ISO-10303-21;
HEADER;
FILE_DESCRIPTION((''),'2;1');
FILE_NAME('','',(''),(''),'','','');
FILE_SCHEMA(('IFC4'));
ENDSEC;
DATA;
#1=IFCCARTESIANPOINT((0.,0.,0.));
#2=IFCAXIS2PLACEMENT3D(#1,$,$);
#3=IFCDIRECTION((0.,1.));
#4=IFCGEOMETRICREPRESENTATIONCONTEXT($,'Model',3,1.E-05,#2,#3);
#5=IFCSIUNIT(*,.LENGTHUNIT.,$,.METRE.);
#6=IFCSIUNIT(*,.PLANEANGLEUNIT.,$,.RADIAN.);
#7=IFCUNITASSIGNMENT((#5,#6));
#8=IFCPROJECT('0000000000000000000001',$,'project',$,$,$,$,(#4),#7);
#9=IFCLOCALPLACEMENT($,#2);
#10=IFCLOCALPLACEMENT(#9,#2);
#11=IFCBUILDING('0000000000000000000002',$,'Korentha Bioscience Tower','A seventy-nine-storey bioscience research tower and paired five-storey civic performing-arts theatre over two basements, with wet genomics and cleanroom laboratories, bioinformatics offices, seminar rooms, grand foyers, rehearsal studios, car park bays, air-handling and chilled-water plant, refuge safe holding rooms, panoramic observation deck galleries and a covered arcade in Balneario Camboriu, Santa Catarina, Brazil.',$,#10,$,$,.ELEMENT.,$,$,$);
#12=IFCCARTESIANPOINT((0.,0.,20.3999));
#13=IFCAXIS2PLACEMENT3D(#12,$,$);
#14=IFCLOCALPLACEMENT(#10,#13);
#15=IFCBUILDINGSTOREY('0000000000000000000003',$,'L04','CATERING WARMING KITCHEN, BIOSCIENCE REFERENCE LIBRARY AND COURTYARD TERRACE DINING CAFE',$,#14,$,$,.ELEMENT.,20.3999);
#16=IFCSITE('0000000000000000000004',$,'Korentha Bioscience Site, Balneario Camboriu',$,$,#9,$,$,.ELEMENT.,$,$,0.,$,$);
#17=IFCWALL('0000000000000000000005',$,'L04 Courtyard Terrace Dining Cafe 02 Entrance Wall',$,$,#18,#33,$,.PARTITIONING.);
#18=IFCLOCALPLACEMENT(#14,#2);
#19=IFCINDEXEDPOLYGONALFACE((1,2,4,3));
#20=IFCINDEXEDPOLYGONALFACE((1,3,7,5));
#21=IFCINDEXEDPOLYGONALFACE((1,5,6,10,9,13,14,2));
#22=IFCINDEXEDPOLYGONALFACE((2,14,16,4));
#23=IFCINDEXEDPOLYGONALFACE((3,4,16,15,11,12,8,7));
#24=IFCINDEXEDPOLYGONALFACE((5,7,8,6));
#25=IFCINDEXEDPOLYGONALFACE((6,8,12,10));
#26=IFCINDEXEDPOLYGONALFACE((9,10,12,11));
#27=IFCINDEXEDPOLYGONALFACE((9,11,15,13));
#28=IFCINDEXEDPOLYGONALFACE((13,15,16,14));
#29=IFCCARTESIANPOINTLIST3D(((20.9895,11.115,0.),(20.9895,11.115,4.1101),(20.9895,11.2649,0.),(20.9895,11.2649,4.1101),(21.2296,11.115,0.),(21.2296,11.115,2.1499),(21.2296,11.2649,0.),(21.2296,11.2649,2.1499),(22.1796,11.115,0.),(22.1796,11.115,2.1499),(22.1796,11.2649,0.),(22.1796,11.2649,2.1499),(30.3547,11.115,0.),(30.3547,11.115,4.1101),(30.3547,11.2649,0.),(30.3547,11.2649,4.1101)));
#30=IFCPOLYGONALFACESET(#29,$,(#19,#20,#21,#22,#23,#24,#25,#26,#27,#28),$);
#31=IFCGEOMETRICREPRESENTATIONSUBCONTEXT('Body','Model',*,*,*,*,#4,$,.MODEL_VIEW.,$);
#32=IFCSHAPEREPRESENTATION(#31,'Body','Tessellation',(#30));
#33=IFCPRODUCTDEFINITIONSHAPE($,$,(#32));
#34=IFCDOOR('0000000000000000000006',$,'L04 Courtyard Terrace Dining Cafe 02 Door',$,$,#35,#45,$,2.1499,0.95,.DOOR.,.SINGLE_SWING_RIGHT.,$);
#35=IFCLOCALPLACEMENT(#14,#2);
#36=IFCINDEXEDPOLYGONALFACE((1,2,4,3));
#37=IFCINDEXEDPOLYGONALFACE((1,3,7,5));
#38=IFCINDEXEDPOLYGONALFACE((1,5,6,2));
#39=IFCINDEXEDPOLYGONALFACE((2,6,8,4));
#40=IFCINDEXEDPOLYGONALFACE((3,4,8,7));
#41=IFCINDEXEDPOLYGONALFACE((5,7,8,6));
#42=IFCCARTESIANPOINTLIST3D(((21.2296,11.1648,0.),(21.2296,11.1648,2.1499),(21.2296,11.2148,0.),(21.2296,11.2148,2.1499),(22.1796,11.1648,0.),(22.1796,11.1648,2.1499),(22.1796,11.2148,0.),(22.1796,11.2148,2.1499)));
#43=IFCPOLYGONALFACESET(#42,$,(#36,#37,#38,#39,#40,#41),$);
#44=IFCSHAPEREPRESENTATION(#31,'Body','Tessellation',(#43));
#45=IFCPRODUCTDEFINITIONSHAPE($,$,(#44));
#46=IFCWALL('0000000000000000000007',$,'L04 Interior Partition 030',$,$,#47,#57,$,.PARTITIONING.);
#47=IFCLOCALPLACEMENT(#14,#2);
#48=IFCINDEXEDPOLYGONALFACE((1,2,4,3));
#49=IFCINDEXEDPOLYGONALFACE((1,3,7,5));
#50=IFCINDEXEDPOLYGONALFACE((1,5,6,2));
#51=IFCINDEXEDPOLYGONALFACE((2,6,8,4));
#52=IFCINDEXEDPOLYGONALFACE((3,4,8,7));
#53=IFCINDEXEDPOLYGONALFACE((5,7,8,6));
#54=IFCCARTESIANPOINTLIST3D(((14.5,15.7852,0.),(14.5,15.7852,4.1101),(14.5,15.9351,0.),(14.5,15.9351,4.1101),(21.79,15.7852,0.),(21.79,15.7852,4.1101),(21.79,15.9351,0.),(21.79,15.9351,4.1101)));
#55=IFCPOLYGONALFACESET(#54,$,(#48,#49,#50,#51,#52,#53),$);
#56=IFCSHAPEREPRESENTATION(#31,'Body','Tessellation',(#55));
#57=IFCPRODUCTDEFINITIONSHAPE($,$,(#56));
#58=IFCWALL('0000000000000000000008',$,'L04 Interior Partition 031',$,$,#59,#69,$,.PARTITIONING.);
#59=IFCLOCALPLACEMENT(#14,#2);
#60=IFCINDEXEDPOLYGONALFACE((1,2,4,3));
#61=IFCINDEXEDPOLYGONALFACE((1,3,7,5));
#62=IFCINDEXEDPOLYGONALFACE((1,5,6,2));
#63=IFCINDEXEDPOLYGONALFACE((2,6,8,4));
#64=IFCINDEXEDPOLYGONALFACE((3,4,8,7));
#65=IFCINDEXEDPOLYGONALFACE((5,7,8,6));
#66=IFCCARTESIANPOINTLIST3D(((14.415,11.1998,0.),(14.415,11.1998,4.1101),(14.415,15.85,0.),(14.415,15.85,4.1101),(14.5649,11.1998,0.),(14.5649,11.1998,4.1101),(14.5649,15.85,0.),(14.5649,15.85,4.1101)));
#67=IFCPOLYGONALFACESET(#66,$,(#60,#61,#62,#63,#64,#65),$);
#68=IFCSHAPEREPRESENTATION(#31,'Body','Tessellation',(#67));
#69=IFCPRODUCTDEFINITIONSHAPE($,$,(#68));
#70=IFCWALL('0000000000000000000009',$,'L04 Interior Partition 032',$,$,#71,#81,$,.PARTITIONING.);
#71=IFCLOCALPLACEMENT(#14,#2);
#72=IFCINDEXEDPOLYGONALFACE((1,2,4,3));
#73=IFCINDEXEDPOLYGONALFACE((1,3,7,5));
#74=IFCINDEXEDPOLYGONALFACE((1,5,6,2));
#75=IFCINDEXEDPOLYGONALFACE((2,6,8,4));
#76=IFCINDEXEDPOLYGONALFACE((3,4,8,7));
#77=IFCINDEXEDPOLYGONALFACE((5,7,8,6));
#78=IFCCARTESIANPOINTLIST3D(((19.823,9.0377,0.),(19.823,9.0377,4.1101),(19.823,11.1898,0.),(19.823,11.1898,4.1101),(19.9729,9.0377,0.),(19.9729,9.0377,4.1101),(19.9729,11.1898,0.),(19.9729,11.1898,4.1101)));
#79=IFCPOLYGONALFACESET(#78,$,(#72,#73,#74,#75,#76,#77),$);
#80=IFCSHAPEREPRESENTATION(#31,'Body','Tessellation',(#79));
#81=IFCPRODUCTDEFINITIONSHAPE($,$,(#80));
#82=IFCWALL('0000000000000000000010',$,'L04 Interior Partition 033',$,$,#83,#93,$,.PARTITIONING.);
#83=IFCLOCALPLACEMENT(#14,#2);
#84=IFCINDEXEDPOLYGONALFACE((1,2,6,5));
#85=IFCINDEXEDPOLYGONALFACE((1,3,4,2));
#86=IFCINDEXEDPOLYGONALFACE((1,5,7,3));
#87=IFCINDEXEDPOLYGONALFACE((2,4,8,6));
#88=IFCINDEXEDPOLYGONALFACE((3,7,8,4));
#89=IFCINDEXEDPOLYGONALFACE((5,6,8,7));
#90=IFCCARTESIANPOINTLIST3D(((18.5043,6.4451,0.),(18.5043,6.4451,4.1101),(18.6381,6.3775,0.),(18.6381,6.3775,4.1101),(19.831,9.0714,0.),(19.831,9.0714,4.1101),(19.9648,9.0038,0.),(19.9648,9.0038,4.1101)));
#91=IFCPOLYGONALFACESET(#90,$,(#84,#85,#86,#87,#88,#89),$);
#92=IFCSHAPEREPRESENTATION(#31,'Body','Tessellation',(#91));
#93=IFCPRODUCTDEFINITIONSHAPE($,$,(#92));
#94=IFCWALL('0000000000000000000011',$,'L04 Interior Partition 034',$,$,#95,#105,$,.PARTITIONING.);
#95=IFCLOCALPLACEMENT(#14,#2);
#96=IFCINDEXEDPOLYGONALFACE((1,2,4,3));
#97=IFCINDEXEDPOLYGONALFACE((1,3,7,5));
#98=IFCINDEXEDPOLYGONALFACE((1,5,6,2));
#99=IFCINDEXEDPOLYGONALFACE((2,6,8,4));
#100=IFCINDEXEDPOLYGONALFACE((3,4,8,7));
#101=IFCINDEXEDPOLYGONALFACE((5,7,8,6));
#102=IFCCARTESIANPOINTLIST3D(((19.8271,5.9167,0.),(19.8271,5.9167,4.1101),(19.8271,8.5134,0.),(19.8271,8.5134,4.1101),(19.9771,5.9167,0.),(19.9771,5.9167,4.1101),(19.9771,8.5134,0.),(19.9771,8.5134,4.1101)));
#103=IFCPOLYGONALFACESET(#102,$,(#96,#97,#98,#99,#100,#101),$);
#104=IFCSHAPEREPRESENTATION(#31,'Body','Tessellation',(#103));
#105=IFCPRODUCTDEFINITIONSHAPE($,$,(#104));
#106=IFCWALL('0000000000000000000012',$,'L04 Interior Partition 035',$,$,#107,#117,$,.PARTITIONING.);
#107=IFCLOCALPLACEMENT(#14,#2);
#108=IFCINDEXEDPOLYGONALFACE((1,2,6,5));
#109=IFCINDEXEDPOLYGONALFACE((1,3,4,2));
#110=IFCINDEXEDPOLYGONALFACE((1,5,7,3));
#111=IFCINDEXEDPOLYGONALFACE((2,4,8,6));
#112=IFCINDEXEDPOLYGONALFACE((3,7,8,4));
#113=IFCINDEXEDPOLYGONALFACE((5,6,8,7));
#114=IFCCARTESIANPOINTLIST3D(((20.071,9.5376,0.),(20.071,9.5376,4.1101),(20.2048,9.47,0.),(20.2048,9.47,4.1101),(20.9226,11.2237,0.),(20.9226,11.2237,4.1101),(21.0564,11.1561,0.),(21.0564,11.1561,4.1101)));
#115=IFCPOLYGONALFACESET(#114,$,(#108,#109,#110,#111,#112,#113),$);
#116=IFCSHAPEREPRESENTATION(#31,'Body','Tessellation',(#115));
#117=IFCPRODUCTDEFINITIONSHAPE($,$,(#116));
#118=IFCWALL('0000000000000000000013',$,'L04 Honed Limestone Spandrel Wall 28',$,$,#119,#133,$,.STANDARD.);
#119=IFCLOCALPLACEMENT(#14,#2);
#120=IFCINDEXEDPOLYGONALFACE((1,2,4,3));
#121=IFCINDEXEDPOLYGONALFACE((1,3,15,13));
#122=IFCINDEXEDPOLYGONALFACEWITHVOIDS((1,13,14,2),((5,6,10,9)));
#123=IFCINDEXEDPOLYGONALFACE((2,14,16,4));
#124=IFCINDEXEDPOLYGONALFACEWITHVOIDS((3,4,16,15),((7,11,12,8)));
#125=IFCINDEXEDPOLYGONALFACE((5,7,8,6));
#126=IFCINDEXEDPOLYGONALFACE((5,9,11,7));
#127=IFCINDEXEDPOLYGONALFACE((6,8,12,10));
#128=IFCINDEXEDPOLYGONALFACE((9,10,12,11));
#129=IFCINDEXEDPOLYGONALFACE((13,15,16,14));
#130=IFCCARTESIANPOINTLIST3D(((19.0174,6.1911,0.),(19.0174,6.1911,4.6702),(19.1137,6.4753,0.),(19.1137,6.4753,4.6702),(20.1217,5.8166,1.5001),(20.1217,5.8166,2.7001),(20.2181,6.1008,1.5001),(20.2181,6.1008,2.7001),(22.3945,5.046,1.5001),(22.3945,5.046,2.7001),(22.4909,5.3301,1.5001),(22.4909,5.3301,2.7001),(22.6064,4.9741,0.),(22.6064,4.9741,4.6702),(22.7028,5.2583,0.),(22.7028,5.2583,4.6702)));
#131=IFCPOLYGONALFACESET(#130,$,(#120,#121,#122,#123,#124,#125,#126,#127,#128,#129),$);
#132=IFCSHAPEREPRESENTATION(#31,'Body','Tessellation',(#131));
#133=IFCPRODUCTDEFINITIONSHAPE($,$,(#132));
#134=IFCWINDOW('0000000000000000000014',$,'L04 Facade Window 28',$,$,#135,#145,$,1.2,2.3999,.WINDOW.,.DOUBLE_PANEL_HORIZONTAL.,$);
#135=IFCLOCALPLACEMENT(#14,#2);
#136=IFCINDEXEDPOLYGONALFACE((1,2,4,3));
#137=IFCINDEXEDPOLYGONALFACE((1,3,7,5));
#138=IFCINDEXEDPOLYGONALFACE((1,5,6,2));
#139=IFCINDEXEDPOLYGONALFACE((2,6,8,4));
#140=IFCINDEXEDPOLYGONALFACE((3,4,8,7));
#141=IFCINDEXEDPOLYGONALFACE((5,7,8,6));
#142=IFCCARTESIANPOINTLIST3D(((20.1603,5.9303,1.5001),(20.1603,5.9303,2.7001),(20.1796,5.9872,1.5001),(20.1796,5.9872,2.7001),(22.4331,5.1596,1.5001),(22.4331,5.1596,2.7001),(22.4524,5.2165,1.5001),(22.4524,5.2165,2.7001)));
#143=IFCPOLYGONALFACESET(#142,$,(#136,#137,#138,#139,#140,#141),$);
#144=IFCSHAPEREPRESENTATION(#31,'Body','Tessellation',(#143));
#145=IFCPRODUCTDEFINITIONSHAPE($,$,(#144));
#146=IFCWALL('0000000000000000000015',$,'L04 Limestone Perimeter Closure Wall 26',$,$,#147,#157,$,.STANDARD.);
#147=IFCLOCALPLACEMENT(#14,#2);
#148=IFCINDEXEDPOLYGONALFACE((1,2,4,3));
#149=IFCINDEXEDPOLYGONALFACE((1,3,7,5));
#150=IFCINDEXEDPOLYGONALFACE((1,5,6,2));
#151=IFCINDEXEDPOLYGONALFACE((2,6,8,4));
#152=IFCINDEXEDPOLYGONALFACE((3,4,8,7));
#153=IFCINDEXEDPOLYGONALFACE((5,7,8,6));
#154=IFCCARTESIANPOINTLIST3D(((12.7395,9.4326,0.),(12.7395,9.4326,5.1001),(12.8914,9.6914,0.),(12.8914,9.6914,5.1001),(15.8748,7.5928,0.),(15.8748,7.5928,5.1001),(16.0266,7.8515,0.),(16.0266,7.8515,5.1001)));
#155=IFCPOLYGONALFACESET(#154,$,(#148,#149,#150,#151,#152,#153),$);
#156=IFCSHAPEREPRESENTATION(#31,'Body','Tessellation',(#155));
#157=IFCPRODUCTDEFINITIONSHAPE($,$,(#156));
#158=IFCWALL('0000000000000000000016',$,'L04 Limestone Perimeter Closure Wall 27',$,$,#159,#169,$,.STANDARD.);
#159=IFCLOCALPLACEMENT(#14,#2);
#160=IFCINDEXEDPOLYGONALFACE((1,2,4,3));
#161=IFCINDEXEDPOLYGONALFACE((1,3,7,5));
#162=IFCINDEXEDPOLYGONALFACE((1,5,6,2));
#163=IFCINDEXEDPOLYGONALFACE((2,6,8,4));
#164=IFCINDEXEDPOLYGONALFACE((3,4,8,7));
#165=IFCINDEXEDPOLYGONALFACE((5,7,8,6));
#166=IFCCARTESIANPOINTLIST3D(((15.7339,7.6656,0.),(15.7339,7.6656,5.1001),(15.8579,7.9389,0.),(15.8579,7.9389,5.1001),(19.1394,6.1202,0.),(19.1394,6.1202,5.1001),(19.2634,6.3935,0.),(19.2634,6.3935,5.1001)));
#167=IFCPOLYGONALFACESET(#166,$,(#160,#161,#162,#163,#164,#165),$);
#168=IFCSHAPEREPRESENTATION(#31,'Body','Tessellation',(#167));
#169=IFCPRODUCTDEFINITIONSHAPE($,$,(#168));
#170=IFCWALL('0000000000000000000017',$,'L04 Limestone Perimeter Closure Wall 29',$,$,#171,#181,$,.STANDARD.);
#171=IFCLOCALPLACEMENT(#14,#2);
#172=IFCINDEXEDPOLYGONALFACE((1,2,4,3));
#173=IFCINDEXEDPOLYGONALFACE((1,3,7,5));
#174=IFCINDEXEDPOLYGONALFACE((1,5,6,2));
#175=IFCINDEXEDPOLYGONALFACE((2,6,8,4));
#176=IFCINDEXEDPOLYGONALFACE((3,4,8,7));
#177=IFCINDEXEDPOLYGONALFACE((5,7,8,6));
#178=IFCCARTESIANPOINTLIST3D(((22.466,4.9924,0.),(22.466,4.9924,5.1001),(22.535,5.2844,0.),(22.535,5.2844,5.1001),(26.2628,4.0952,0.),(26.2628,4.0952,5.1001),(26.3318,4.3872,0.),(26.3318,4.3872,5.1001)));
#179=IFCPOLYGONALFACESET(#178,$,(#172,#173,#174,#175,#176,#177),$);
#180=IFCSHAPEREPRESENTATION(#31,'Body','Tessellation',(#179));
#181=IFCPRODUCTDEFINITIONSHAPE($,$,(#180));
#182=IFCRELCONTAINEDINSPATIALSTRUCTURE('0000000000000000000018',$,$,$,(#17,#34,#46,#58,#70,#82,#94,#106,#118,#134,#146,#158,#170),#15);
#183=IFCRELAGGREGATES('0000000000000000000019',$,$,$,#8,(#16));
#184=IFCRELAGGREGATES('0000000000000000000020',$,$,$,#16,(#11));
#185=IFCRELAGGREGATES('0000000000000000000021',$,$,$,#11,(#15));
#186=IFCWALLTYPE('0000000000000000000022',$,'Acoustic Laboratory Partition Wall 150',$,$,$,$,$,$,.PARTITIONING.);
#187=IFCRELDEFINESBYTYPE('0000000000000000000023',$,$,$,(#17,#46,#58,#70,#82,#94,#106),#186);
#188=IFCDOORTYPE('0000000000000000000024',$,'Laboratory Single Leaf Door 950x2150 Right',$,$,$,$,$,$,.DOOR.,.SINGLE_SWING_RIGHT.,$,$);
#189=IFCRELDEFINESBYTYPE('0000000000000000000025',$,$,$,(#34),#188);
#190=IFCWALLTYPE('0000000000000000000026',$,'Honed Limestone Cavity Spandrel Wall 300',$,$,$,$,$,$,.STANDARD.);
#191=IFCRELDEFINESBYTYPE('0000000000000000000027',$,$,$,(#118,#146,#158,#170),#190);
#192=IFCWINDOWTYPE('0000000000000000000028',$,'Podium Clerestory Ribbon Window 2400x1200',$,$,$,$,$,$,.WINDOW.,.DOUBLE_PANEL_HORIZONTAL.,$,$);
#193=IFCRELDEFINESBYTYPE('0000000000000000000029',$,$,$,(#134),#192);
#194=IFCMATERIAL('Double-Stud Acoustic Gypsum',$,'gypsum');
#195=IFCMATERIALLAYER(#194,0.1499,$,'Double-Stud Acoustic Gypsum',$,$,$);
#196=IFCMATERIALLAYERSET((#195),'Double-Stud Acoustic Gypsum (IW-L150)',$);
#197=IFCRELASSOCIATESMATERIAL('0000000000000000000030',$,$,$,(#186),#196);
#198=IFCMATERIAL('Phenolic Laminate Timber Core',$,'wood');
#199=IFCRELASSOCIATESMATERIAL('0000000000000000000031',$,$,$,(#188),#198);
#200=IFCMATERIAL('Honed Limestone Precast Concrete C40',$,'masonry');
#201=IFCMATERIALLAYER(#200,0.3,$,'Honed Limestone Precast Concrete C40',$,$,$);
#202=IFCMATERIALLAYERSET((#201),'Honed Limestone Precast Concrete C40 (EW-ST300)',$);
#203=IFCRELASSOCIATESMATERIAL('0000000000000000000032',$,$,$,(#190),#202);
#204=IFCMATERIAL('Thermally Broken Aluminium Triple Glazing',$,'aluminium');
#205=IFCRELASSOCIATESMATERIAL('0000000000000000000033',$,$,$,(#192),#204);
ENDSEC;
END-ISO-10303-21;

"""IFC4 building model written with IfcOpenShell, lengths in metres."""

from ifc_helpers import new_model, si_unit, direction, frame, frame_2d, origin, place, context, subcontext, project, spatial, rectangle, extrude, material, layer, layer_set, type_object, element, fill, save


model = new_model("IFC4")

# Units and contexts
model_context = context("Model", 3, precision=1e-05, world=origin(), true_north=direction((0.0, 1.0)))
body_context = subcontext(model_context, "Body", "Model", "MODEL_VIEW")
ifc_project = project(units=[si_unit("LENGTHUNIT", "METRE"), si_unit("PLANEANGLEUNIT", "RADIAN")], contexts=[model_context])

# Site, building, storey
site_placement = place(None, origin())
site = spatial("IfcSite", under=ifc_project, at=site_placement, Name="Korentha Bioscience Site, Balneario Camboriu", CompositionType="ELEMENT", RefElevation=0.0)
building_placement = place(site_placement, origin())
building = spatial("IfcBuilding", under=site, at=building_placement, Name="Korentha Bioscience Tower", Description="A seventy-nine-storey bioscience research tower and paired five-storey civic performing-arts theatre over two basements, with wet genomics and cleanroom laboratories, bioinformatics offices, seminar rooms, grand foyers, rehearsal studios, car park bays, air-handling and chilled-water plant, refuge safe holding rooms, panoramic observation deck galleries and a covered arcade in Balneario Camboriu, Santa Catarina, Brazil.", CompositionType="ELEMENT")
storey_placement = place(building_placement, frame((0.0, 0.0, 20.3999)))
storey = spatial("IfcBuildingStorey", under=building, at=storey_placement, Name="L04", Description="CATERING WARMING KITCHEN, BIOSCIENCE REFERENCE LIBRARY AND COURTYARD TERRACE DINING CAFE", CompositionType="ELEMENT", Elevation=20.3999)

# Wall, opening, door
ifc_material_1 = material(Name="Double-Stud Acoustic Gypsum", Category="gypsum")
ifc_layer_1 = layer(ifc_material_1, 0.1499, Name="Double-Stud Acoustic Gypsum")
ifc_layer_set_1 = layer_set([ifc_layer_1], Name="Double-Stud Acoustic Gypsum (IW-L150)")
wall_type_1 = type_object("IfcWallType", Name="Acoustic Laboratory Partition Wall 150", PredefinedType="PARTITIONING", material=ifc_layer_set_1)
ifc_material_2 = material(Name="Phenolic Laminate Timber Core", Category="wood")
wall_1_placement = place(storey_placement, frame((20.9895, 11.1899, 0.0), z_axis=(0.0, 0.0, 1.0), x_axis=(1.0, 0.0, 0.0)))
wall_1 = element("IfcWall", 1, at=wall_1_placement, inside=storey, type_object=wall_type_1, Name="L04 Courtyard Terrace Dining Cafe 02 Entrance Wall", PredefinedType="PARTITIONING", context=body_context, shape_type="SweptSolid", body=[
    extrude(rectangle(XDim=9.3652, YDim=0.1499, at=frame_2d((4.6826, 0.0))), origin(), (0.0, 0.0, 1.0), 4.1101),
])
opening_1_placement = place(wall_1_placement, frame((0.24, 0.0, 0.0)))
opening_1 = element("IfcOpeningElement", 2, at=opening_1_placement, cuts=wall_1, PredefinedType="OPENING", context=body_context, shape_type="SweptSolid", body=[
    extrude(rectangle(XDim=0.95, YDim=2.1499, at=frame_2d((0.4751, 1.075))), frame((0.0, 0.0898, 0.0), z_axis=(0.0, -1.0, 0.0), x_axis=(1.0, 0.0, 0.0)), (0.0, 0.0, 1.0), 0.1797),
])
door_type_1 = type_object("IfcDoorType", Name="Laboratory Single Leaf Door 950x2150 Right", OperationType="SINGLE_SWING_RIGHT", PredefinedType="DOOR", material=ifc_material_2)
door_1_placement = place(opening_1_placement, origin())
door_1 = element("IfcDoor", 3, at=door_1_placement, inside=storey, type_object=door_type_1, Name="L04 Courtyard Terrace Dining Cafe 02 Door", OperationType="SINGLE_SWING_RIGHT", OverallHeight=2.1499, OverallWidth=0.95, PredefinedType="DOOR", context=body_context, shape_type="SweptSolid", body=[
    extrude(rectangle(XDim=0.95, YDim=2.1499, at=frame_2d((0.4751, 1.075))), frame((0.0, 0.0249, 0.0), z_axis=(0.0, -1.0, 0.0), x_axis=(1.0, 0.0, 0.0)), (0.0, 0.0, 1.0), 0.05),
])
fill(opening_1, door_1)

# Walls
wall_2_placement = place(storey_placement, frame((21.79, 15.8601, 0.0), z_axis=(0.0, 0.0, 1.0), x_axis=(-1.0, 0.0, 0.0)))
element("IfcWall", 4, at=wall_2_placement, inside=storey, type_object=wall_type_1, Name="L04 Interior Partition 030", PredefinedType="PARTITIONING", context=body_context, shape_type="SweptSolid", body=[
    extrude(rectangle(XDim=7.29, YDim=0.1499, at=frame_2d((3.645, 0.0))), origin(), (0.0, 0.0, 1.0), 4.1101),
])
wall_3_placement = place(storey_placement, frame((14.49, 15.8501, 0.0), z_axis=(0.0, 0.0, 1.0), x_axis=(0.0, -1.0, 0.0)))
element("IfcWall", 5, at=wall_3_placement, inside=storey, type_object=wall_type_1, Name="L04 Interior Partition 031", PredefinedType="PARTITIONING", context=body_context, shape_type="SweptSolid", body=[
    extrude(rectangle(XDim=4.6501, YDim=0.1499, at=frame_2d((2.3252, 0.0))), origin(), (0.0, 0.0, 1.0), 4.1101),
])
wall_4_placement = place(storey_placement, frame((19.8979, 11.1899, 0.0), z_axis=(0.0, 0.0, 1.0), x_axis=(0.0, -1.0, 0.0)))
element("IfcWall", 6, at=wall_4_placement, inside=storey, type_object=wall_type_1, Name="L04 Interior Partition 032", PredefinedType="PARTITIONING", context=body_context, shape_type="SweptSolid", body=[
    extrude(rectangle(XDim=2.1521, YDim=0.1499, at=frame_2d((1.0762, 0.0))), origin(), (0.0, 0.0, 1.0), 4.1101),
])
wall_5_placement = place(storey_placement, frame((19.8979, 9.0376, 0.0), z_axis=(0.0, 0.0, 1.0), x_axis=(-0.450894, -0.892578, 0.0)))
element("IfcWall", 7, at=wall_5_placement, inside=storey, type_object=wall_type_1, Name="L04 Interior Partition 033", PredefinedType="PARTITIONING", context=body_context, shape_type="SweptSolid", body=[
    extrude(rectangle(XDim=2.9424, YDim=0.1499, at=frame_2d((1.4712, 0.0))), origin(), (0.0, 0.0, 1.0), 4.1101),
])
wall_6_placement = place(storey_placement, frame((19.9021, 5.9167, 0.0), z_axis=(0.0, 0.0, 1.0), x_axis=(0.0, 1.0, 0.0)))
element("IfcWall", 8, at=wall_6_placement, inside=storey, type_object=wall_type_1, Name="L04 Interior Partition 034", PredefinedType="PARTITIONING", context=body_context, shape_type="SweptSolid", body=[
    extrude(rectangle(XDim=2.5967, YDim=0.1499, at=frame_2d((1.2983, 0.0))), origin(), (0.0, 0.0, 1.0), 4.1101),
])
wall_7_placement = place(storey_placement, frame((20.1379, 9.5039, 0.0), z_axis=(0.0, 0.0, 1.0), x_axis=(0.450829, 0.89261, 0.0)))
element("IfcWall", 9, at=wall_7_placement, inside=storey, type_object=wall_type_1, Name="L04 Interior Partition 035", PredefinedType="PARTITIONING", context=body_context, shape_type="SweptSolid", body=[
    extrude(rectangle(XDim=1.8889, YDim=0.1499, at=frame_2d((0.9443, 0.0))), origin(), (0.0, 0.0, 1.0), 4.1101),
])

# Wall, opening, window
ifc_material_3 = material(Name="Honed Limestone Precast Concrete C40", Category="masonry")
ifc_layer_2 = layer(ifc_material_3, 0.3, Name="Honed Limestone Precast Concrete C40")
ifc_layer_set_2 = layer_set([ifc_layer_2], Name="Honed Limestone Precast Concrete C40 (EW-ST300)")
wall_type_2 = type_object("IfcWallType", Name="Honed Limestone Cavity Spandrel Wall 300", PredefinedType="STANDARD", material=ifc_layer_set_2)
wall_8_placement = place(storey_placement, frame((19.0654, 6.3333, 0.0), z_axis=(0.0, 0.0, 1.0), x_axis=(0.947034, -0.321132, 0.0)))
wall_8 = element("IfcWall", 10, at=wall_8_placement, inside=storey, type_object=wall_type_2, Name="L04 Honed Limestone Spandrel Wall 28", PredefinedType="STANDARD", context=body_context, shape_type="SweptSolid", body=[
    extrude(rectangle(XDim=3.7898, YDim=0.3, at=frame_2d((1.895, 0.0))), origin(), (0.0, 0.0, 1.0), 4.6702),
])
opening_2_placement = place(wall_8_placement, frame((1.1663, 0.0, 1.5)))
opening_2 = element("IfcOpeningElement", 11, at=opening_2_placement, cuts=wall_8, PredefinedType="OPENING", context=body_context, shape_type="SweptSolid", body=[
    extrude(rectangle(XDim=2.3999, YDim=1.2, at=frame_2d((1.2, 0.6001))), frame((0.0, 0.165, 0.0), z_axis=(0.0, -1.0, 0.0), x_axis=(1.0, 0.0, 0.0)), (0.0, 0.0, 1.0), 0.3298),
])
ifc_material_4 = material(Name="Thermally Broken Aluminium Triple Glazing", Category="aluminium")
window_type = type_object("IfcWindowType", Name="Podium Clerestory Ribbon Window 2400x1200", PartitioningType="DOUBLE_PANEL_HORIZONTAL", PredefinedType="WINDOW", material=ifc_material_4)
window_placement = place(opening_2_placement, origin())
window = element("IfcWindow", 12, at=window_placement, inside=storey, type_object=window_type, Name="L04 Facade Window 28", OverallHeight=1.2, OverallWidth=2.3999, PartitioningType="DOUBLE_PANEL_HORIZONTAL", PredefinedType="WINDOW", context=body_context, shape_type="SweptSolid", body=[
    extrude(rectangle(XDim=2.3999, YDim=1.2, at=frame_2d((1.2, 0.6001))), frame((0.0, 0.03, 0.0), z_axis=(0.0, -1.0, 0.0), x_axis=(1.0, 0.0, 0.0)), (0.0, 0.0, 1.0), 0.0601),
])
fill(opening_2, window)

# Walls
wall_9_placement = place(storey_placement, frame((12.8154, 9.562, 0.0), z_axis=(0.0, 0.0, 1.0), x_axis=(0.862465, -0.506116, 0.0)))
element("IfcWall", 13, at=wall_9_placement, inside=storey, type_object=wall_type_2, Name="L04 Limestone Perimeter Closure Wall 26", PredefinedType="STANDARD", context=body_context, shape_type="SweptSolid", body=[
    extrude(rectangle(XDim=3.6353, YDim=0.3, at=frame_2d((1.8176, 0.0))), origin(), (0.0, 0.0, 1.0), 5.1001),
])
wall_10_placement = place(storey_placement, frame((15.7959, 7.8022, 0.0), z_axis=(0.0, 0.0, 1.0), x_axis=(0.910623, -0.413237, 0.0)))
element("IfcWall", 14, at=wall_10_placement, inside=storey, type_object=wall_type_2, Name="L04 Limestone Perimeter Closure Wall 27", PredefinedType="STANDARD", context=body_context, shape_type="SweptSolid", body=[
    extrude(rectangle(XDim=3.7397, YDim=0.3, at=frame_2d((1.8699, 0.0))), origin(), (0.0, 0.0, 1.0), 5.1001),
])
wall_11_placement = place(storey_placement, frame((22.5005, 5.1384, 0.0), z_axis=(0.0, 0.0, 1.0), x_axis=(0.973198, -0.22997, 0.0)))
element("IfcWall", 15, at=wall_11_placement, inside=storey, type_object=wall_type_2, Name="L04 Limestone Perimeter Closure Wall 29", PredefinedType="STANDARD", context=body_context, shape_type="SweptSolid", body=[
    extrude(rectangle(XDim=3.9014, YDim=0.3, at=frame_2d((1.9507, 0.0))), origin(), (0.0, 0.0, 1.0), 5.1001),
])

save(model, "model.ifc")
